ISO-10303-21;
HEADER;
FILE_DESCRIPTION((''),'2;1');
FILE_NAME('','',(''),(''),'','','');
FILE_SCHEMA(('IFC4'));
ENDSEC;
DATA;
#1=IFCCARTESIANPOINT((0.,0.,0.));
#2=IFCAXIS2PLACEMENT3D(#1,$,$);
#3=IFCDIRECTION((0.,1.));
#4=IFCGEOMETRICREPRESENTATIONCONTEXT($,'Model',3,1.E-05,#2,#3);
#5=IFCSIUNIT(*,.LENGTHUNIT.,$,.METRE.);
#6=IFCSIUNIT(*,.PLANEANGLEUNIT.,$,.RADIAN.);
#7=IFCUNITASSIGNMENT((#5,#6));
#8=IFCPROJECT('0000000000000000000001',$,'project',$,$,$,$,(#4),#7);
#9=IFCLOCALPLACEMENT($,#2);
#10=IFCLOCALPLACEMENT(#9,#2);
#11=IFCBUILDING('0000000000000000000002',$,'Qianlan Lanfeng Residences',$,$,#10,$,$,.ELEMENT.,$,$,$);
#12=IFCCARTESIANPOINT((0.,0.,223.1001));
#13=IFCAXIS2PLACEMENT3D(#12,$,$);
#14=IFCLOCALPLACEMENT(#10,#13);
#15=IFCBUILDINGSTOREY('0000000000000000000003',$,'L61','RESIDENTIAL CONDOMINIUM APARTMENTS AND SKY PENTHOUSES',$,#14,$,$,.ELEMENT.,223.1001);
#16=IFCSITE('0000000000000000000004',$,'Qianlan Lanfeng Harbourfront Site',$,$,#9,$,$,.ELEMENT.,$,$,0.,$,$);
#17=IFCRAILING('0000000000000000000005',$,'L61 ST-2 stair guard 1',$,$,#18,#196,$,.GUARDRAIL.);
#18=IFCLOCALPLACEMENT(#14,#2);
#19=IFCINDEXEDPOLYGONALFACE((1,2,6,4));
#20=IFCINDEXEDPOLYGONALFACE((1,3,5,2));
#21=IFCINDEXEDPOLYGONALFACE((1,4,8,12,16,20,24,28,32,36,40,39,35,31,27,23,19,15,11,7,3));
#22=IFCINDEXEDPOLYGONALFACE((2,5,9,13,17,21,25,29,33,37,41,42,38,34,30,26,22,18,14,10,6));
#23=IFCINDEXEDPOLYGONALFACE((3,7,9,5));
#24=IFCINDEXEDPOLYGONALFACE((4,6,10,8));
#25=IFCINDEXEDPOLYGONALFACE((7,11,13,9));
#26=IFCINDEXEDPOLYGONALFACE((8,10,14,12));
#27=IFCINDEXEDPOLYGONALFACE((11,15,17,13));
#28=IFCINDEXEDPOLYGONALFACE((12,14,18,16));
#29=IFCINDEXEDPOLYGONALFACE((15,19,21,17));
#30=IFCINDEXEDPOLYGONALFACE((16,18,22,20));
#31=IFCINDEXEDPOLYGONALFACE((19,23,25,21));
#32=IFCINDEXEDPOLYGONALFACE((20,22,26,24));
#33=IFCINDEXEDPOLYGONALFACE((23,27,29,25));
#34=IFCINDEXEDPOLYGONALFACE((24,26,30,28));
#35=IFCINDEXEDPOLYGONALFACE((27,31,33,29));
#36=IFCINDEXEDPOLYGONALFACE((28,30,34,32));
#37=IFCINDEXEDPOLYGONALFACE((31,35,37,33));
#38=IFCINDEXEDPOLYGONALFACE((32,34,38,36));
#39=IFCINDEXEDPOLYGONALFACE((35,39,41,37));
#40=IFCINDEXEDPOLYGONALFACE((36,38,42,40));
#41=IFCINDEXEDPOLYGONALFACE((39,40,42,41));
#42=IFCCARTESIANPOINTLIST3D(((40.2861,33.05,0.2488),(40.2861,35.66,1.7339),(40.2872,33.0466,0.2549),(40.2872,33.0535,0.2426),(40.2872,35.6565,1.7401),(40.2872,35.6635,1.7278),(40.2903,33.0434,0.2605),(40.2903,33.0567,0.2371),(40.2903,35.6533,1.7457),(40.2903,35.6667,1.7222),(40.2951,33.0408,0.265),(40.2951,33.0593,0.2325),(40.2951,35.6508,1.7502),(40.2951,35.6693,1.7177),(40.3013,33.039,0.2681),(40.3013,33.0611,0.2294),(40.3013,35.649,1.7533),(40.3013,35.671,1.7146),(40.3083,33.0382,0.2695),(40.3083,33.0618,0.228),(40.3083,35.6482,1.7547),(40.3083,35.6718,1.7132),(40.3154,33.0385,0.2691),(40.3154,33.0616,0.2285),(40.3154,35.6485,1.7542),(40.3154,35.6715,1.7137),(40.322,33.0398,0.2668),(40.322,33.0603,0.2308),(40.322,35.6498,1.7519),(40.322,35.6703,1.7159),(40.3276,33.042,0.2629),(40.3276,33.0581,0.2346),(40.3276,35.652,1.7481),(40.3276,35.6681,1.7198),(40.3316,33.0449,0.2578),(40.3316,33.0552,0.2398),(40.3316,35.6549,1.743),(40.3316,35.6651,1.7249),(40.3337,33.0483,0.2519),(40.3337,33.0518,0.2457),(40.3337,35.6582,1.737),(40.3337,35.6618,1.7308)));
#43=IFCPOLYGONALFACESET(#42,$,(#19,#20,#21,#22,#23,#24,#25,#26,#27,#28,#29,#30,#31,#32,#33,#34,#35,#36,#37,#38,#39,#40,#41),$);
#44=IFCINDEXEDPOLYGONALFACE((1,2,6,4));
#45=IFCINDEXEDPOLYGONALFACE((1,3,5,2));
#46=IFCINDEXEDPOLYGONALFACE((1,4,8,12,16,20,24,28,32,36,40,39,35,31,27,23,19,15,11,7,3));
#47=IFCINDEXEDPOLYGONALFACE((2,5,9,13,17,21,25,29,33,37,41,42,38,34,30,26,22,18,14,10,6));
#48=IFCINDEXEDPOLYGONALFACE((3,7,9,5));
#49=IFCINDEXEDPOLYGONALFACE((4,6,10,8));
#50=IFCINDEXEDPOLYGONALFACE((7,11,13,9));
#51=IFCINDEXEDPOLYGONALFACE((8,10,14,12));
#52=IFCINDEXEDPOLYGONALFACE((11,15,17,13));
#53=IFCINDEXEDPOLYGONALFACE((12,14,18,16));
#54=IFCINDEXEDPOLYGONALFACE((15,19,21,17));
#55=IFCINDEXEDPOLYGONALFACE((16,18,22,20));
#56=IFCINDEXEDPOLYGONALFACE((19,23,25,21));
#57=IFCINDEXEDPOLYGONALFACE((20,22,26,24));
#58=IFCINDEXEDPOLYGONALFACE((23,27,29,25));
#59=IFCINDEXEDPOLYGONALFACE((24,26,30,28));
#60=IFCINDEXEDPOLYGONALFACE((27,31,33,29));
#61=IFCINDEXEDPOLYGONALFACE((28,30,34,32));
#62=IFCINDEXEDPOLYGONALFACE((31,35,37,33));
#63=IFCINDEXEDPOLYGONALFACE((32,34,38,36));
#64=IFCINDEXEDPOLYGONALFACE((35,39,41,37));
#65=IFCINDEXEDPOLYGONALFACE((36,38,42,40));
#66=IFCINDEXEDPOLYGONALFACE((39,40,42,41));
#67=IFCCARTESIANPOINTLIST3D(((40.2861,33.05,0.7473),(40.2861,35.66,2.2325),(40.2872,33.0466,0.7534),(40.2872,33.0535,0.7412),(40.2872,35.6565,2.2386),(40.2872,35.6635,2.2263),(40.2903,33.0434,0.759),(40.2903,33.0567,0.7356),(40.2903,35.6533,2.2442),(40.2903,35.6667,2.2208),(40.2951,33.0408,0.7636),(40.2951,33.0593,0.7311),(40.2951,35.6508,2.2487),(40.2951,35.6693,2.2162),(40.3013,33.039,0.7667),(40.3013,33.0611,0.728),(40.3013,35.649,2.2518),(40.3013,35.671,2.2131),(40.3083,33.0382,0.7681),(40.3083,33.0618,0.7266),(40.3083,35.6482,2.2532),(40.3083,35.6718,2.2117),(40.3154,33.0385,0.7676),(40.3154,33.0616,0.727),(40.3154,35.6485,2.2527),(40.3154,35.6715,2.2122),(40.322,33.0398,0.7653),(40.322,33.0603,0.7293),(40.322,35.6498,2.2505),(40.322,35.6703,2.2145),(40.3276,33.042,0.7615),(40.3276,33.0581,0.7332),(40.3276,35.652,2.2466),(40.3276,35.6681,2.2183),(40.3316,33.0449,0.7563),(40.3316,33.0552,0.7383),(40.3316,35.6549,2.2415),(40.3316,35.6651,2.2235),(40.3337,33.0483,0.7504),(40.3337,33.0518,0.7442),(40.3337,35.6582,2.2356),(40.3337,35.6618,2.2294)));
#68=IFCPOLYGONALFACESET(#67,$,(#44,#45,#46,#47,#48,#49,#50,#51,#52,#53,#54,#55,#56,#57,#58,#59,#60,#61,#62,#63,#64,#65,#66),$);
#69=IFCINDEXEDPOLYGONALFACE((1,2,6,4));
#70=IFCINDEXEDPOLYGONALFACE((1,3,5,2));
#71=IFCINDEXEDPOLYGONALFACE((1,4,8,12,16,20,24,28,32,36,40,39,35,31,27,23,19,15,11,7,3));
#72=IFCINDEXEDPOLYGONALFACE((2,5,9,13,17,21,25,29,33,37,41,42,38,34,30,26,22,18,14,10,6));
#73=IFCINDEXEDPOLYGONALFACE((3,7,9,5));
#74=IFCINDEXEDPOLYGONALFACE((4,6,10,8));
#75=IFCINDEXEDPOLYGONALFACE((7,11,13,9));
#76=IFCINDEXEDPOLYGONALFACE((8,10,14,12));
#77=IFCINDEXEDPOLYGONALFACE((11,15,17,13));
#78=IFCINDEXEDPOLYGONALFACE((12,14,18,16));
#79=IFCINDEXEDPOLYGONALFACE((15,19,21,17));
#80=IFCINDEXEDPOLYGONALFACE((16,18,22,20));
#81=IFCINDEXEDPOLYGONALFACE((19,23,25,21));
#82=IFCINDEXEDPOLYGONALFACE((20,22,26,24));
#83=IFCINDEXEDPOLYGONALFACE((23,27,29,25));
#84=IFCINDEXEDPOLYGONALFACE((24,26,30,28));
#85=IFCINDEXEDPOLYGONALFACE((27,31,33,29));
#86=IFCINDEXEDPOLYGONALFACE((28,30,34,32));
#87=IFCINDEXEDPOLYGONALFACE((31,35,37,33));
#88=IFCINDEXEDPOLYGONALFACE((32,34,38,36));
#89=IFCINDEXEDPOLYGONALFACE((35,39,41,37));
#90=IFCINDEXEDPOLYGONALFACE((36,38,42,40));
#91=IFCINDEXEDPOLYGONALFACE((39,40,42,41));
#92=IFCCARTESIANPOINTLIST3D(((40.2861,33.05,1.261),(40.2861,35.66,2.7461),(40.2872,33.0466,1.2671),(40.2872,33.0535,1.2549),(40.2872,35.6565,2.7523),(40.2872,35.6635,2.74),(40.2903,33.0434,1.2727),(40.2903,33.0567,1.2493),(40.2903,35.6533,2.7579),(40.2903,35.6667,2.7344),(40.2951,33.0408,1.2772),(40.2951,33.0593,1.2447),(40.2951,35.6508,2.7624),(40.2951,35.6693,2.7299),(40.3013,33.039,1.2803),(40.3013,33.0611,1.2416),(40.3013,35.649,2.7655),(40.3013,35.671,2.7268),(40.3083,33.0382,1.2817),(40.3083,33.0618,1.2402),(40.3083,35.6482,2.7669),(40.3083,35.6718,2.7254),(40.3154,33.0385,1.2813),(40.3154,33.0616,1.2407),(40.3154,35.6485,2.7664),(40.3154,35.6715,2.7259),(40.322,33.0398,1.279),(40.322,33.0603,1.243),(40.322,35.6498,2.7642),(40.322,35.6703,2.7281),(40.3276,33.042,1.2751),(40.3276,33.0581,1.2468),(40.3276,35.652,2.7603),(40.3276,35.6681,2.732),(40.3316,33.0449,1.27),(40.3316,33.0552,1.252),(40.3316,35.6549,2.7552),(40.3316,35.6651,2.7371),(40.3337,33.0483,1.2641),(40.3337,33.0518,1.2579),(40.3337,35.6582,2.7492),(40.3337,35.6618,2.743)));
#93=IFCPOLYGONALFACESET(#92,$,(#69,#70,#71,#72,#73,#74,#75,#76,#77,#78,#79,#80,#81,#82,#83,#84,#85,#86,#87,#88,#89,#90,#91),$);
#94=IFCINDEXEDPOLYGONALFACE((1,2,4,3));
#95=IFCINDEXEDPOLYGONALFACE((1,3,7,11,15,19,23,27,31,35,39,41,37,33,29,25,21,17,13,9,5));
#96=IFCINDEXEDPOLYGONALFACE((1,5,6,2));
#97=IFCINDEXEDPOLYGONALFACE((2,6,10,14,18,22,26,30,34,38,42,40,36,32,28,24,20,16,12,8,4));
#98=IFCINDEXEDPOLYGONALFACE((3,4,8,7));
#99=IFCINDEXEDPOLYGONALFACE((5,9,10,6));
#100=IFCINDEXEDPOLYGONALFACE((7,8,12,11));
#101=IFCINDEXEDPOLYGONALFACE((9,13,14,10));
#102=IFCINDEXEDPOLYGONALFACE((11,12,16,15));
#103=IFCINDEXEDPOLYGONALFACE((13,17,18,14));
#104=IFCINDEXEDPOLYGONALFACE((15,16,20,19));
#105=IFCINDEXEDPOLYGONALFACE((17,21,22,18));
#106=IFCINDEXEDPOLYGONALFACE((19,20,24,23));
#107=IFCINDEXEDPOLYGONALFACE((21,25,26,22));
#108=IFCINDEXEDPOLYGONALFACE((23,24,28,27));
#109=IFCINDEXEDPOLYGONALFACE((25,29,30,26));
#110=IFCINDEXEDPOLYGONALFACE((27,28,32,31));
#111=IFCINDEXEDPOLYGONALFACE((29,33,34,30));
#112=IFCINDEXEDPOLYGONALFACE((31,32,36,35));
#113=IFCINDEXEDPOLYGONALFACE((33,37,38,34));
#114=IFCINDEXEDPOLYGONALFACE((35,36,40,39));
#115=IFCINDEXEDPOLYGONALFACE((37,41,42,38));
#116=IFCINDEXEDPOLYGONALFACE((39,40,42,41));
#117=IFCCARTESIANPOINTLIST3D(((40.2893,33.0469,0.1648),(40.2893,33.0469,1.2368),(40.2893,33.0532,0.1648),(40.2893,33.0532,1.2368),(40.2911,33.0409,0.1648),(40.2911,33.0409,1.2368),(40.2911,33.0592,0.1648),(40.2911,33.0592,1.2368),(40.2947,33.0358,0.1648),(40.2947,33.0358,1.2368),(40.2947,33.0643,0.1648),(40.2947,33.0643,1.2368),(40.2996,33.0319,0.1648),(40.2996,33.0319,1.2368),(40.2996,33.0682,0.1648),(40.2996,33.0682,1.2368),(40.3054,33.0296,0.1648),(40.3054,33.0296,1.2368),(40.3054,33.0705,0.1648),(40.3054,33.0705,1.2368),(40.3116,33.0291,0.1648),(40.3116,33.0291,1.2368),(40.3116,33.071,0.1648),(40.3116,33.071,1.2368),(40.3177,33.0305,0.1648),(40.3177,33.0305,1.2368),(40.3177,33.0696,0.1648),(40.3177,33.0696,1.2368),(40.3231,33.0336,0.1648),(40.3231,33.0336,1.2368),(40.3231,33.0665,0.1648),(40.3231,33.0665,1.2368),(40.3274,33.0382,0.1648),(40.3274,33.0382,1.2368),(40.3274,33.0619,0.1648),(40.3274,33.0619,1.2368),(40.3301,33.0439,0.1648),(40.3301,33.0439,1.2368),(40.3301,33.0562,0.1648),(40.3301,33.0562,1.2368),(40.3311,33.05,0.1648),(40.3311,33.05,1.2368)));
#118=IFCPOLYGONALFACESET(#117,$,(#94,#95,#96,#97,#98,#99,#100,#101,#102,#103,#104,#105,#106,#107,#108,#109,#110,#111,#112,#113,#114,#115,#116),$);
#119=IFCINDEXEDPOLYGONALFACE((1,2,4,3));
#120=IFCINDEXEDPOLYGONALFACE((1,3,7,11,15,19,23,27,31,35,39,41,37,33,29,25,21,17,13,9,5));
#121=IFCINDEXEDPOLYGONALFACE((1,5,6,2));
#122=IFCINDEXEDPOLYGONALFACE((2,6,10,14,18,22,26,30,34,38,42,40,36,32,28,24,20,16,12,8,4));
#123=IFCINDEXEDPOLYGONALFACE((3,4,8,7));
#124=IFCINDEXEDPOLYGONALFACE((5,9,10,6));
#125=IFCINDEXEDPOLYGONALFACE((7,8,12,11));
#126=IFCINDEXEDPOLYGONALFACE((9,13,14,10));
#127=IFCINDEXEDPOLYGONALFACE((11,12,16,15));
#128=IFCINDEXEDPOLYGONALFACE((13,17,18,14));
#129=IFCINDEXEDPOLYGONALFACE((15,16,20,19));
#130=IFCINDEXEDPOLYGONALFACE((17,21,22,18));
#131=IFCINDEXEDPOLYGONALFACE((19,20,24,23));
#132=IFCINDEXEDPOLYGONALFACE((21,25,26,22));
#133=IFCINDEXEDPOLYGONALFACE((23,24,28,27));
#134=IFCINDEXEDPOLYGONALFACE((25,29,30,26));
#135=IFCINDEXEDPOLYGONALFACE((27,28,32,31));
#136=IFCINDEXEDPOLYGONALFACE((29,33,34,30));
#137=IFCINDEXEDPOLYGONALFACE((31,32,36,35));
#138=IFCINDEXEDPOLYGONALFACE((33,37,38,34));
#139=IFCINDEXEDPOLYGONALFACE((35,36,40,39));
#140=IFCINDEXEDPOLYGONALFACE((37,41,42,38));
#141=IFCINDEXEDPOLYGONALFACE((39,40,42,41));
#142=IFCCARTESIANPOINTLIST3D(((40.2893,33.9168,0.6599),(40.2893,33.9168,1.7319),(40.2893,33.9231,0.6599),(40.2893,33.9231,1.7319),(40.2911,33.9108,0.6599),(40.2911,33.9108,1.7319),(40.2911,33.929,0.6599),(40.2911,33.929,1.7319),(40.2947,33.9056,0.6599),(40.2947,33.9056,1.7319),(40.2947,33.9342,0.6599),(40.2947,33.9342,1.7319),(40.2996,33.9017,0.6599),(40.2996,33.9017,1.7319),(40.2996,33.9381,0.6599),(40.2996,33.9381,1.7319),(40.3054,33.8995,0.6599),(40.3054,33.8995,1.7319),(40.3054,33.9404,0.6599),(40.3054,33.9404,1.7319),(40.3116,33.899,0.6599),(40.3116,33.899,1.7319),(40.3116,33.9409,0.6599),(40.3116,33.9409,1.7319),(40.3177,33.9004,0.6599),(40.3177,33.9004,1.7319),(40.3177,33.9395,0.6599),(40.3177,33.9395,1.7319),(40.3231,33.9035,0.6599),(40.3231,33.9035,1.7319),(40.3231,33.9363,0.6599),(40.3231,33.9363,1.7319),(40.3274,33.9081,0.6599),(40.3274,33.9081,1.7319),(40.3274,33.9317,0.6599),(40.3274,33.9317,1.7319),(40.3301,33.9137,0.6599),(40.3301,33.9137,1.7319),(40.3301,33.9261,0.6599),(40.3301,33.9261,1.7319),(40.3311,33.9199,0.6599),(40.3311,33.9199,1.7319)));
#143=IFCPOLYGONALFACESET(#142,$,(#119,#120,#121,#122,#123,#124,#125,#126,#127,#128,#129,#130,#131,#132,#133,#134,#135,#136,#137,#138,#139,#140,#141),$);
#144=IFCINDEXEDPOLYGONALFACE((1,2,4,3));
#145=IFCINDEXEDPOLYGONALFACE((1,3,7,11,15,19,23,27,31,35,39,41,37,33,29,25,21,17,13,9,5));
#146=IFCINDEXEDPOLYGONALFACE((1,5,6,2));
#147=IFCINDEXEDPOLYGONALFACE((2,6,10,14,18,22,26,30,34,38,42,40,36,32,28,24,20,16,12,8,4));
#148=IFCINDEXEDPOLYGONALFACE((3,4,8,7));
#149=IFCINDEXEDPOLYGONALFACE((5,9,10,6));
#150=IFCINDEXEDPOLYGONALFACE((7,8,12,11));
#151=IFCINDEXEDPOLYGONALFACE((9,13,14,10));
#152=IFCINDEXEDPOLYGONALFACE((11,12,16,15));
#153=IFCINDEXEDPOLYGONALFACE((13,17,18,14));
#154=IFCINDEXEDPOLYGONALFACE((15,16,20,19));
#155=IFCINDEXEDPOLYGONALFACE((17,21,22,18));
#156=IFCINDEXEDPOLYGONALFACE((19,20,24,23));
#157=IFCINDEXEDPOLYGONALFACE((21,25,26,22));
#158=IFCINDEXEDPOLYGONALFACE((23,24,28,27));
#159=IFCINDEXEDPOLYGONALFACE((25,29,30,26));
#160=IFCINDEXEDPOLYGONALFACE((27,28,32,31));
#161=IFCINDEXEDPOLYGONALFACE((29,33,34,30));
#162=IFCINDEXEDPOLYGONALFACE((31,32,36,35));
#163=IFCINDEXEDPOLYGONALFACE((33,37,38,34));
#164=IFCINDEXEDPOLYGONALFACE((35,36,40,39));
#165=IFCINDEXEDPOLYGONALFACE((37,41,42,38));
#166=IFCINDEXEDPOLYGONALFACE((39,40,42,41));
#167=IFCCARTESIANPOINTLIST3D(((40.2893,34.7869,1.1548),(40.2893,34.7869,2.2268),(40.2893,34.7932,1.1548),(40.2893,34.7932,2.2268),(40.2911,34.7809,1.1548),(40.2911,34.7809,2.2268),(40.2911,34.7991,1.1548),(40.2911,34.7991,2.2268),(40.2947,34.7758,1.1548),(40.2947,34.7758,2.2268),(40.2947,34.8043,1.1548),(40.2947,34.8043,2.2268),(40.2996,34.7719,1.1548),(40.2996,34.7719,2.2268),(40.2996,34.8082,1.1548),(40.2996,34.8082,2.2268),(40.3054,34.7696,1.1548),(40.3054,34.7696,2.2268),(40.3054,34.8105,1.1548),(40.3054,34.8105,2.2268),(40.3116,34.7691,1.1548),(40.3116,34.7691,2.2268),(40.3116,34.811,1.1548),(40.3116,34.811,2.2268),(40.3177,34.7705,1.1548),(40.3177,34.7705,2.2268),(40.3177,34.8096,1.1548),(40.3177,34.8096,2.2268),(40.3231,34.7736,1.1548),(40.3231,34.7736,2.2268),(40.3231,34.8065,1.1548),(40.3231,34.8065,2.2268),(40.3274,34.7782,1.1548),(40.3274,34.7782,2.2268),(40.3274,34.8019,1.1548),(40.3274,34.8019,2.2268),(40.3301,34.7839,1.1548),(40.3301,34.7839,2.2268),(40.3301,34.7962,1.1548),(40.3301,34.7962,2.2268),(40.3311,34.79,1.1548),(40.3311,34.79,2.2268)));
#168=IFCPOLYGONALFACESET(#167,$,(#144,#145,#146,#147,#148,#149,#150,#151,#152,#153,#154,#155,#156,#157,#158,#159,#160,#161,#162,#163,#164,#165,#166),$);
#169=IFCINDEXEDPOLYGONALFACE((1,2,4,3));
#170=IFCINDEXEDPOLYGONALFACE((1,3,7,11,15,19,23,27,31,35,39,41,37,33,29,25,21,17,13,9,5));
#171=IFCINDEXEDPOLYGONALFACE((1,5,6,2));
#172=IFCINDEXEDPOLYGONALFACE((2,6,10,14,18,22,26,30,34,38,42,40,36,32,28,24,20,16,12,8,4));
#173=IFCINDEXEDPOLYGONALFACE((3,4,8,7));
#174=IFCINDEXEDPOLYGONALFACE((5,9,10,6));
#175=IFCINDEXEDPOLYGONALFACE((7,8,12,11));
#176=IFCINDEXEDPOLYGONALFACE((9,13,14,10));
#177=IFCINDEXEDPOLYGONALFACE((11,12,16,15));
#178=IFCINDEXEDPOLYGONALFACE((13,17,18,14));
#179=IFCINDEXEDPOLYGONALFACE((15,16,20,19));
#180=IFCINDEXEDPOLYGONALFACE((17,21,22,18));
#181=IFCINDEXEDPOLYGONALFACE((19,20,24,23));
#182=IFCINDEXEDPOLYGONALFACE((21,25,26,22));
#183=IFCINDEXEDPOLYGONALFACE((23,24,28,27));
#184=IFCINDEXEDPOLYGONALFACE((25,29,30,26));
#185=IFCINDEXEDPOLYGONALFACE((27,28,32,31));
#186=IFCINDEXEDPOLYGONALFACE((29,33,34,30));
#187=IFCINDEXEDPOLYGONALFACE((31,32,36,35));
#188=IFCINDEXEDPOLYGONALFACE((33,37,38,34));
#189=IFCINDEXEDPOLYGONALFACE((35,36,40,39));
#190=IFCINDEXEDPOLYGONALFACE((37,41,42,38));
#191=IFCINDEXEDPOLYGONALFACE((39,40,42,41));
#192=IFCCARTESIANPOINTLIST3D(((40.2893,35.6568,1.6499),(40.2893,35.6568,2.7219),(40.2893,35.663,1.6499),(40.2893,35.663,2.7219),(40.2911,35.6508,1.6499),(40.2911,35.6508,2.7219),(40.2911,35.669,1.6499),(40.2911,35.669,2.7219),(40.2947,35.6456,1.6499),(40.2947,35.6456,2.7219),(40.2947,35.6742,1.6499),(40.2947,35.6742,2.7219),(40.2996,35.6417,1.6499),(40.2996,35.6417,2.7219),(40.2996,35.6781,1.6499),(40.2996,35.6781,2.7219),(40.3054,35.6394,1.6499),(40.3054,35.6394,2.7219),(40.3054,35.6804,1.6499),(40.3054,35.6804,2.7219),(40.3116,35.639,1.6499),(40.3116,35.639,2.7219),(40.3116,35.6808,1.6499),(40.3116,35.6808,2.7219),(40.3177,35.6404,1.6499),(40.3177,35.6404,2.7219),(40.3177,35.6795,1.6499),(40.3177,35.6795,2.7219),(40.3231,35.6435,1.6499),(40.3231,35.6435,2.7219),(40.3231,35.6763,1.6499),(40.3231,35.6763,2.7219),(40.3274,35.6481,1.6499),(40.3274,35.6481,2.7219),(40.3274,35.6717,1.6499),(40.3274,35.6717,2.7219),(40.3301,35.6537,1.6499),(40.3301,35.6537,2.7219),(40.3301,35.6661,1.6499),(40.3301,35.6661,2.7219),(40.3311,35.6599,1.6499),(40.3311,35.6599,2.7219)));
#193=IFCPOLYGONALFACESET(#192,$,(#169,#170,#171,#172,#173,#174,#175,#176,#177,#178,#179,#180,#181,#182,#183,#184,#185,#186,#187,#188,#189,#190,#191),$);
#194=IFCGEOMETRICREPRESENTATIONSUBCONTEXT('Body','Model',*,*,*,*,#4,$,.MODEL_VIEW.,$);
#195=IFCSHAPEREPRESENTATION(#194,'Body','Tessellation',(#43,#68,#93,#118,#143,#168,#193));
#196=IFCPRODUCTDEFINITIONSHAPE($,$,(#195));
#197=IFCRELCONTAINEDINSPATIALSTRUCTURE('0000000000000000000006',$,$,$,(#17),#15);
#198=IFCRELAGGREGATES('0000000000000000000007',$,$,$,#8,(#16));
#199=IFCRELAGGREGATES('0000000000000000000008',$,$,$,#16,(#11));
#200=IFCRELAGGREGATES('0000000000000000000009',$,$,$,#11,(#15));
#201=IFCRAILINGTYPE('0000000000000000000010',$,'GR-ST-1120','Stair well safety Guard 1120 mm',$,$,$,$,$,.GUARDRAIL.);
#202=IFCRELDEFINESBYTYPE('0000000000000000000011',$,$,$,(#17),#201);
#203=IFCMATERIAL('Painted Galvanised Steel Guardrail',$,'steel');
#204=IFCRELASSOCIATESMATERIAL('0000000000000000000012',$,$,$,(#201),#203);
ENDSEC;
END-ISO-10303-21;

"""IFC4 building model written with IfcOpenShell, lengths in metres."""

from ifc_helpers import new_model, si_unit, direction, frame, origin, origin_2d, place, context, subcontext, project, spatial, circle, extrude, material, type_object, element, save


model = new_model("IFC4")

# Units and contexts
model_context = context("Model", 3, precision=1e-05, world=origin(), true_north=direction((0.0, 1.0)))
body_context = subcontext(model_context, "Body", "Model", "MODEL_VIEW")
ifc_project = project(units=[si_unit("LENGTHUNIT", "METRE"), si_unit("PLANEANGLEUNIT", "RADIAN")], contexts=[model_context])

# Site, building, storey
site_placement = place(None, origin())
site = spatial("IfcSite", under=ifc_project, at=site_placement, Name="Qianlan Lanfeng Harbourfront Site", CompositionType="ELEMENT", RefElevation=0.0)
building_placement = place(site_placement, origin())
building = spatial("IfcBuilding", under=site, at=building_placement, Name="Qianlan Lanfeng Residences", CompositionType="ELEMENT")
storey_placement = place(building_placement, frame((0.0, 0.0, 223.1001)))
storey = spatial("IfcBuildingStorey", under=building, at=storey_placement, Name="L61", Description="RESIDENTIAL CONDOMINIUM APARTMENTS AND SKY PENTHOUSES", CompositionType="ELEMENT", Elevation=223.1001)

# Railing
ifc_material_1 = material(Name="Painted Galvanised Steel Guardrail", Category="steel")
railing_type_1 = type_object("IfcRailingType", Name="GR-ST-1120", Description="Stair well safety Guard 1120 mm", PredefinedType="GUARDRAIL", material=ifc_material_1)
railing_1_placement = place(storey_placement, frame((40.3101, 33.05, 0.1648)))
element("IfcRailing", 1, at=railing_1_placement, inside=storey, type_object=railing_type_1, Name="L61 ST-2 stair guard 1", PredefinedType="GUARDRAIL", context=body_context, shape_type="SweptSolid", body=[
    extrude(circle(Radius=0.0239, at=origin_2d()), frame((0.0, 0.0, 0.084), z_axis=(0.0, 0.869137, 0.494571), x_axis=(-1.0, 0.0, 0.0)), (0.0, 0.0, 1.0), 3.0029),
    extrude(circle(Radius=0.0239, at=origin_2d()), frame((0.0, 0.0, 0.5825), z_axis=(0.0, 0.869137, 0.494571), x_axis=(-1.0, 0.0, 0.0)), (0.0, 0.0, 1.0), 3.0029),
    extrude(circle(Radius=0.0239, at=origin_2d()), frame((0.0, 0.0, 1.0962), z_axis=(0.0, 0.869137, 0.494571), x_axis=(-1.0, 0.0, 0.0)), (0.0, 0.0, 1.0), 3.0029),
    extrude(circle(Radius=0.021, at=origin_2d()), origin(), (0.0, 0.0, 1.0), 1.072),
    extrude(circle(Radius=0.021, at=origin_2d()), frame((0.0, 0.8699, 0.4951)), (0.0, 0.0, 1.0), 1.072),
    extrude(circle(Radius=0.021, at=origin_2d()), frame((0.0, 1.74, 0.99)), (0.0, 0.0, 1.0), 1.072),
    extrude(circle(Radius=0.021, at=origin_2d()), frame((0.0, 2.6099, 1.4851)), (0.0, 0.0, 1.0), 1.072),
])

save(model, "model.ifc")
